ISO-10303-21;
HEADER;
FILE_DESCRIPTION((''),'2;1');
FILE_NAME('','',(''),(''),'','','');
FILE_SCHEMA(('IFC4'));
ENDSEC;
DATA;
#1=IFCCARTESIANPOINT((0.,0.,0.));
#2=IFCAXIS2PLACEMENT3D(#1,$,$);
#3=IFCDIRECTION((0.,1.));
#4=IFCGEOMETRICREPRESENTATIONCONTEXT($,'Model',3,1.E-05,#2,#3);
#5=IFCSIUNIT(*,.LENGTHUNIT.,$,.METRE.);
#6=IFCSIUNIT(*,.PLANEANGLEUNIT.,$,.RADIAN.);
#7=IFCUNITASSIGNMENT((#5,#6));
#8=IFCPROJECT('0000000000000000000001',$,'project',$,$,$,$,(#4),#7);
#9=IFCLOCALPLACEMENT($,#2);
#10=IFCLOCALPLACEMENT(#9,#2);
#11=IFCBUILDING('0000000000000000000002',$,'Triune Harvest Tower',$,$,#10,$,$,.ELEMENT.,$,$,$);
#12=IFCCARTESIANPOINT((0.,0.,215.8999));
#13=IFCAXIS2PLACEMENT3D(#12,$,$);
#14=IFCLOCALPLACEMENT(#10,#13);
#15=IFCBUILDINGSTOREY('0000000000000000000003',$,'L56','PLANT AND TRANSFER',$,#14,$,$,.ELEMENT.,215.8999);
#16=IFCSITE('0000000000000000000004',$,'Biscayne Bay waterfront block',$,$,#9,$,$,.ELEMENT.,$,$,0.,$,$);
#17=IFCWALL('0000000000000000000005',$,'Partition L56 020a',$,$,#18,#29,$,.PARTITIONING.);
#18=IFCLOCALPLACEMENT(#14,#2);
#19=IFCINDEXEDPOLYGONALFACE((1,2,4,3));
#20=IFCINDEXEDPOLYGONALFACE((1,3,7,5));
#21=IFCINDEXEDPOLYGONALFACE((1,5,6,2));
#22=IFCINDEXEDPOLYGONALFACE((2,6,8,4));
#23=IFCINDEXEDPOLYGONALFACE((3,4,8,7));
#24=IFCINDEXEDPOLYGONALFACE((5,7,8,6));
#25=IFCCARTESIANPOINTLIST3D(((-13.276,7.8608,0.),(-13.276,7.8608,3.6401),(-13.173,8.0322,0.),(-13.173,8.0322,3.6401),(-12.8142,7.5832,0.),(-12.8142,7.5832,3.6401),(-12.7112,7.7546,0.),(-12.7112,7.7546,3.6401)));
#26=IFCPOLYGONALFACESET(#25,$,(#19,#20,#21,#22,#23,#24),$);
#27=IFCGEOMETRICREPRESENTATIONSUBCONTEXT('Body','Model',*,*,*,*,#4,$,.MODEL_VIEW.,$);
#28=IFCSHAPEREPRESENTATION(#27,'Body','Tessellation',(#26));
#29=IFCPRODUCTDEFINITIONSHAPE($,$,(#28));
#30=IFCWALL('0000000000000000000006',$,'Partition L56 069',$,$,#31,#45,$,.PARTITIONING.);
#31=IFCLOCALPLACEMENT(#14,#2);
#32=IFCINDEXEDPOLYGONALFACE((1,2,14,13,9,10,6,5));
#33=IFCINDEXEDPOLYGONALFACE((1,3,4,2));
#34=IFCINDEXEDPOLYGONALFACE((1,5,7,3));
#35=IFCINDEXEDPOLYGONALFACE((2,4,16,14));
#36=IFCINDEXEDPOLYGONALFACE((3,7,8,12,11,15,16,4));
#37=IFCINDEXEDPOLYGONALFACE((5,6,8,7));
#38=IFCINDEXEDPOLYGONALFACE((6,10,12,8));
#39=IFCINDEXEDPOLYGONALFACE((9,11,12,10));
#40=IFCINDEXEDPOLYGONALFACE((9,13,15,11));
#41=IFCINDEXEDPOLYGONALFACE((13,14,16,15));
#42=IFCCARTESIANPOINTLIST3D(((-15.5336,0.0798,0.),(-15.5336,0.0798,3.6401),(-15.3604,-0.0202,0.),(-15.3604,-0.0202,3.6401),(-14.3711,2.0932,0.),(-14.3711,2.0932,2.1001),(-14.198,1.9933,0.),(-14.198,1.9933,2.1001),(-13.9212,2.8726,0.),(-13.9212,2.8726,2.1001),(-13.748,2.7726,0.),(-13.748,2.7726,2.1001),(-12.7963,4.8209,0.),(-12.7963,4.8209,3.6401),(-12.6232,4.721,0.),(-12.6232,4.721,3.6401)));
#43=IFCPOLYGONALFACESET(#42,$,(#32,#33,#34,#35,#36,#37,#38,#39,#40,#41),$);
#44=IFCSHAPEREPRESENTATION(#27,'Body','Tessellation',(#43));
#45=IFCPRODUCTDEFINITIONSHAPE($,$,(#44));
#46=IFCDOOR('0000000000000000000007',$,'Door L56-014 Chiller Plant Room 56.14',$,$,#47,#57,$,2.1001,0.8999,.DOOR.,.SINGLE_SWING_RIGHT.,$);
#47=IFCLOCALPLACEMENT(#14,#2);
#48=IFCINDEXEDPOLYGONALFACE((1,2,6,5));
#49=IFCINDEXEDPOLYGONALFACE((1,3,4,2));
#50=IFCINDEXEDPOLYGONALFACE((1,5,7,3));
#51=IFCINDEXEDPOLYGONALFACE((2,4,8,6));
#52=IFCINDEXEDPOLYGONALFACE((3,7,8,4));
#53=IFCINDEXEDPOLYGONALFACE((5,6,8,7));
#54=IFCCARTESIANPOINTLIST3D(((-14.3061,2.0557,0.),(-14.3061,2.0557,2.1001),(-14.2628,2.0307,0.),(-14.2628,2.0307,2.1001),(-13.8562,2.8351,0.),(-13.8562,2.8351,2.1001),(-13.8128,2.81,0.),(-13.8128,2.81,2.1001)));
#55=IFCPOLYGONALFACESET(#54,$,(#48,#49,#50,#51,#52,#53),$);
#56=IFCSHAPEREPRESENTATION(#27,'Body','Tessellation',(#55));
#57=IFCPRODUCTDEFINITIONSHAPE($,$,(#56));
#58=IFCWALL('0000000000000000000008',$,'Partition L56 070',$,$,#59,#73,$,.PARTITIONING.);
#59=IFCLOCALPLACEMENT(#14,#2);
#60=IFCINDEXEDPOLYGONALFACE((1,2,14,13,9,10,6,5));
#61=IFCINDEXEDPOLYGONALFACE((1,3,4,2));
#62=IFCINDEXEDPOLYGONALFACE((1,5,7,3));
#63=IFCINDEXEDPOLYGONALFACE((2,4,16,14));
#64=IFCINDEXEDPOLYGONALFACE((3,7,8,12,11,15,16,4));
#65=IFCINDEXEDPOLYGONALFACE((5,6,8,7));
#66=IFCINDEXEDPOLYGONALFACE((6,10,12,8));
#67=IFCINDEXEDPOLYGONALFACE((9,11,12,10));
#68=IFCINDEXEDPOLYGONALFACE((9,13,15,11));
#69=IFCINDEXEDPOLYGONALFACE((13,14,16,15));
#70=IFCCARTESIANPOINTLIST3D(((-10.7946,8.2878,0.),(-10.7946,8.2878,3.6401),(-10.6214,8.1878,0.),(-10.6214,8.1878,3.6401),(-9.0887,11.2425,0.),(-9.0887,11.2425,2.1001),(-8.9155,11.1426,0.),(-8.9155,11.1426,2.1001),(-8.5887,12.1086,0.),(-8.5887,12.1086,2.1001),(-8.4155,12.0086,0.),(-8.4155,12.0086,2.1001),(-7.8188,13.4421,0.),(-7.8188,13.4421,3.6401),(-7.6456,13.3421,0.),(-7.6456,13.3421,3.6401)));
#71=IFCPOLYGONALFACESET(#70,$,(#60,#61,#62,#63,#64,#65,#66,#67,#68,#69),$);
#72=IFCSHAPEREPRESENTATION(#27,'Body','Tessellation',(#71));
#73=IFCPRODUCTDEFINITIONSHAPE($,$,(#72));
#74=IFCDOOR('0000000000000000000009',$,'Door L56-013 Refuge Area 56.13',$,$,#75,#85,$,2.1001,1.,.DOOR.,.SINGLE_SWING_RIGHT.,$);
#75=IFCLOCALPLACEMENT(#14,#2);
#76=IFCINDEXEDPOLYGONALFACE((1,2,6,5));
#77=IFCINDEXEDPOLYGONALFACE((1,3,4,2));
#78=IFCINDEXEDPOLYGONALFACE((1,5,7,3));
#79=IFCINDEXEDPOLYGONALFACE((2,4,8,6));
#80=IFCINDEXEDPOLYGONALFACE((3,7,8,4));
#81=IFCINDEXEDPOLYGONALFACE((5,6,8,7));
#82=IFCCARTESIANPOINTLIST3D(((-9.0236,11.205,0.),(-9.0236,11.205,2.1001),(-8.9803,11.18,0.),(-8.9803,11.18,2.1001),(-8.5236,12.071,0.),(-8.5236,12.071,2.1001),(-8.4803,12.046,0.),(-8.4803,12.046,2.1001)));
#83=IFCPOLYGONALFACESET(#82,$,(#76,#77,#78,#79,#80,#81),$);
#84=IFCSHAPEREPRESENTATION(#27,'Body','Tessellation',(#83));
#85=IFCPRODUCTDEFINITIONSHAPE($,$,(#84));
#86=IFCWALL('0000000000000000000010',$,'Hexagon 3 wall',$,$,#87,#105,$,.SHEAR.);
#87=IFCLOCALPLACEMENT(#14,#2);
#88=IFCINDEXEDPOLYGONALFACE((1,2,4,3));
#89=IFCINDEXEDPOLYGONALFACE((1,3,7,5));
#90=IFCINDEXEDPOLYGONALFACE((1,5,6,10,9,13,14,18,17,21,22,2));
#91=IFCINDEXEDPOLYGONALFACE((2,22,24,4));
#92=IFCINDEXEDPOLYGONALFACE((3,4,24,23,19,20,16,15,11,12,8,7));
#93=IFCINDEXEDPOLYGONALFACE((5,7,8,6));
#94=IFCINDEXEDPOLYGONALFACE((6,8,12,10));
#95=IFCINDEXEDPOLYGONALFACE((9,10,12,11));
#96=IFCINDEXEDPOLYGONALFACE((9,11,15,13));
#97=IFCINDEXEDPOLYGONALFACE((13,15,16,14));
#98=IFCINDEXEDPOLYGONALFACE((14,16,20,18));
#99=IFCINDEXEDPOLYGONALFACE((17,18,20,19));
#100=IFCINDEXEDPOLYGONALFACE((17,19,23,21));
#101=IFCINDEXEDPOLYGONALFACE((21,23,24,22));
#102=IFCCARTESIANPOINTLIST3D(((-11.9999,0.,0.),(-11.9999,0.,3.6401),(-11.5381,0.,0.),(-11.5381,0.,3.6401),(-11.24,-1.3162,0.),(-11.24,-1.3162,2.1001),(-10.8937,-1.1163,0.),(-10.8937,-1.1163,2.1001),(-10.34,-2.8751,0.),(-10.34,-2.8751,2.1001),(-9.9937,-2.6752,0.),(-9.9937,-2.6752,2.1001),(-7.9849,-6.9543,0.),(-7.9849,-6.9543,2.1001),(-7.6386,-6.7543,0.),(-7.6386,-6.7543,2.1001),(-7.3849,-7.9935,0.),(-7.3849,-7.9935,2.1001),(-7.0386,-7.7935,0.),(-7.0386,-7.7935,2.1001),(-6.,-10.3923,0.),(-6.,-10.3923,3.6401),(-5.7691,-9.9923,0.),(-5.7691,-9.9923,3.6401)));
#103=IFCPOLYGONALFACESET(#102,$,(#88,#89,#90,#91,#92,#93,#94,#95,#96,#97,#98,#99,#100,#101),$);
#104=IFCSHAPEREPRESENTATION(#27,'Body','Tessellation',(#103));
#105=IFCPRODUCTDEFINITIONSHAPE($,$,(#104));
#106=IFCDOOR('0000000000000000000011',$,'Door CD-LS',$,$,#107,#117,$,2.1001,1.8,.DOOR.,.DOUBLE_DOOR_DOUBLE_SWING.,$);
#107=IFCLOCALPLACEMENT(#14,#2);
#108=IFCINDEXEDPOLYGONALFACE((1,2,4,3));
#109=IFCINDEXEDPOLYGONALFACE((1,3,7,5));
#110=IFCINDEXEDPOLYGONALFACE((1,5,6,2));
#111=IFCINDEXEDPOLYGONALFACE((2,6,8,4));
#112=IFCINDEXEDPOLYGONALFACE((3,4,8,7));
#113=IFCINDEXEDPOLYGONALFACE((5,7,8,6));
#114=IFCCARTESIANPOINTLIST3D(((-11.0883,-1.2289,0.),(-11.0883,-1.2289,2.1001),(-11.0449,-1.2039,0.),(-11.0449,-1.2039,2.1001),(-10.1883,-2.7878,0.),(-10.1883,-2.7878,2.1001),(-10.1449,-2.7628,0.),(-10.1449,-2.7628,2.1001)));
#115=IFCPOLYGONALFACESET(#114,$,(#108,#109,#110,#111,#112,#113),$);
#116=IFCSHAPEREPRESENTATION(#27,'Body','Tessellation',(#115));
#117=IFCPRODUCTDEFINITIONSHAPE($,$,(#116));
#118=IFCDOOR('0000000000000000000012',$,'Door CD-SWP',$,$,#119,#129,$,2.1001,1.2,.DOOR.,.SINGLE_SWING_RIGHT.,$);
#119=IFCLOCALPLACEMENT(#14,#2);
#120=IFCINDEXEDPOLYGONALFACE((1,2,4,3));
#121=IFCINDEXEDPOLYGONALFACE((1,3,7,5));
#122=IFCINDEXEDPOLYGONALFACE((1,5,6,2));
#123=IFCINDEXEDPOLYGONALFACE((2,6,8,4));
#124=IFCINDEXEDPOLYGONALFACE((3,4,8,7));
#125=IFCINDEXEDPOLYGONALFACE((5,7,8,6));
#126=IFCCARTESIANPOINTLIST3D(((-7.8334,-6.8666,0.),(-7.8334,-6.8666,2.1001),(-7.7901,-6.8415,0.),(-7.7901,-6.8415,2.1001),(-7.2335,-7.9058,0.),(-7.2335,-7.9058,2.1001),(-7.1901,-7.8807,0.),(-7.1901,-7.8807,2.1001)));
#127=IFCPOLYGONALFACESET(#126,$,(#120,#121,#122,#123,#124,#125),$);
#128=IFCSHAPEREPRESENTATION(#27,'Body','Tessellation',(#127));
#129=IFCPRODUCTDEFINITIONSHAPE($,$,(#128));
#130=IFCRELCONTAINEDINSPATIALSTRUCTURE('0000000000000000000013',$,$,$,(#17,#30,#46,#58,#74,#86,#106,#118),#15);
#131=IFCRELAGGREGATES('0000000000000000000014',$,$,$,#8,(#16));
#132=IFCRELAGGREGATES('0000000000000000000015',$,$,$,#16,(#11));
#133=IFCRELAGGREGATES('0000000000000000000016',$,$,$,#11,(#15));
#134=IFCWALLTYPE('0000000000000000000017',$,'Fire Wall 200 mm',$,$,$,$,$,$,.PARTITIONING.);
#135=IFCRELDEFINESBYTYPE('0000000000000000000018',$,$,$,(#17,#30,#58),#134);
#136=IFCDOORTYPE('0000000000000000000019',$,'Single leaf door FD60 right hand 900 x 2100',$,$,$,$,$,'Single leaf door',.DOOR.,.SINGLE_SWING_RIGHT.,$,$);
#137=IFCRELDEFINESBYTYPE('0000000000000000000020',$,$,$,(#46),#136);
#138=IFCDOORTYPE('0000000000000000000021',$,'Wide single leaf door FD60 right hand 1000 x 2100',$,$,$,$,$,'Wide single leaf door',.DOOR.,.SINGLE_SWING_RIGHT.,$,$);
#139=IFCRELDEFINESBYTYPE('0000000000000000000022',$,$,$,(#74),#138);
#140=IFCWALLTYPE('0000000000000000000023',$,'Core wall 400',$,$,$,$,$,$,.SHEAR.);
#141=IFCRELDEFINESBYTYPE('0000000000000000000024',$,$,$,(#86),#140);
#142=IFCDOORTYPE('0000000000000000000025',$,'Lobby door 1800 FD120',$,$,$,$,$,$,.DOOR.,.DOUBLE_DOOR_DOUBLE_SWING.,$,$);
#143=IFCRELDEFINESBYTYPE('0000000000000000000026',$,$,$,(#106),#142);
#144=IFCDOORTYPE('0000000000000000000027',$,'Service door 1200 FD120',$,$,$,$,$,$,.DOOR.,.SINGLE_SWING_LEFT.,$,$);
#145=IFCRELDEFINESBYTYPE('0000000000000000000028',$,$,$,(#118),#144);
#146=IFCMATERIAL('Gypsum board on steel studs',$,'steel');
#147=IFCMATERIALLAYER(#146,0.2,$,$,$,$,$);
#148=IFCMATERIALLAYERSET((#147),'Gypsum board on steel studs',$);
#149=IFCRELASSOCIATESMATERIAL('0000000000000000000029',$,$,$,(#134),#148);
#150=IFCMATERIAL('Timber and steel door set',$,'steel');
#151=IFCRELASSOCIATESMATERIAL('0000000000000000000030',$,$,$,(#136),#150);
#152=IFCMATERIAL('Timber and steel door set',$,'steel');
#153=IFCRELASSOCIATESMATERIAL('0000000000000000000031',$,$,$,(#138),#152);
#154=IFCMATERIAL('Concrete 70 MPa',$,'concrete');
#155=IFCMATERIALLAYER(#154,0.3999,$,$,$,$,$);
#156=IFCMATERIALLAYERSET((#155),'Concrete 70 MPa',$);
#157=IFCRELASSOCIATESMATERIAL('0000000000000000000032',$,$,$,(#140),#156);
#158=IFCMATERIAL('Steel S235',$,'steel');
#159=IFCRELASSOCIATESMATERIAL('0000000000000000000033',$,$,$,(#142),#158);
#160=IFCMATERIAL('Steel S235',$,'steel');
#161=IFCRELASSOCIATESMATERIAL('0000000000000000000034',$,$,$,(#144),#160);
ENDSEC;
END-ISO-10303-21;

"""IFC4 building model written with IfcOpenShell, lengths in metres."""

from ifc_helpers import new_model, si_unit, direction, frame, frame_2d, origin, place, context, subcontext, project, spatial, polyline, rectangle, outline, extrude, source, transform, mapped, material, layer, layer_set, type_object, element, fill, save


model = new_model("IFC4")

# Units and contexts
model_context = context("Model", 3, precision=1e-05, world=origin(), true_north=direction((0.0, 1.0)))
body_context = subcontext(model_context, "Body", "Model", "MODEL_VIEW")
ifc_project = project(units=[si_unit("LENGTHUNIT", "METRE"), si_unit("PLANEANGLEUNIT", "RADIAN")], contexts=[model_context])

# Site, building, storey
site_placement = place(None, origin())
site = spatial("IfcSite", under=ifc_project, at=site_placement, Name="Biscayne Bay waterfront block", CompositionType="ELEMENT", RefElevation=0.0)
building_placement = place(site_placement, origin())
building = spatial("IfcBuilding", under=site, at=building_placement, Name="Triune Harvest Tower", CompositionType="ELEMENT")
storey_placement = place(building_placement, frame((0.0, 0.0, 215.8999)))
storey = spatial("IfcBuildingStorey", under=building, at=storey_placement, Name="L56", Description="PLANT AND TRANSFER", CompositionType="ELEMENT", Elevation=215.8999)

# Wall
ifc_material_1 = material(Name="Gypsum board on steel studs", Category="steel")
ifc_layer_1 = layer(ifc_material_1, 0.2)
ifc_layer_set_1 = layer_set([ifc_layer_1], Name="Gypsum board on steel studs")
wall_type_1 = type_object("IfcWallType", Name="Fire Wall 200 mm", PredefinedType="PARTITIONING", material=ifc_layer_set_1)
wall_1_placement = place(storey_placement, frame((-13.2246, 7.9465, 0.0), z_axis=(0.0, 0.0, 1.0), x_axis=(0.857133, -0.515095, 0.0)))
element("IfcWall", 1, at=wall_1_placement, inside=storey, type_object=wall_type_1, Name="Partition L56 020a", PredefinedType="PARTITIONING", context=body_context, shape_type="SweptSolid", body=[
    extrude(rectangle(XDim=0.5388, YDim=0.2, at=frame_2d((0.2695, 0.0))), origin(), (0.0, 0.0, 1.0), 3.6401),
])

# Walls, openings, doors
wall_2_placement = place(storey_placement, frame((-15.447, 0.0298, 0.0), z_axis=(0.0, 0.0, 1.0), x_axis=(0.499995, 0.866028, 0.0)))
wall_2 = element("IfcWall", 2, at=wall_2_placement, inside=storey, type_object=wall_type_1, Name="Partition L56 069", PredefinedType="PARTITIONING", context=body_context, shape_type="SweptSolid", body=[
    extrude(rectangle(XDim=5.4746, YDim=0.2, at=frame_2d((2.7373, 0.0))), origin(), (0.0, 0.0, 1.0), 3.6401),
])
opening_1_placement = place(wall_2_placement, frame((2.325, 0.0, 0.0)))
opening_1 = element("IfcOpeningElement", 3, at=opening_1_placement, cuts=wall_2, PredefinedType="OPENING", context=body_context, shape_type="SweptSolid", body=[
    extrude(rectangle(XDim=0.8999, YDim=2.1001, at=frame_2d((0.45, 1.05))), frame((0.0, 0.1099, 0.0), z_axis=(0.0, -1.0, 0.0), x_axis=(1.0, 0.0, 0.0)), (0.0, 0.0, 1.0), 0.22),
])
ifc_material_2 = material(Name="Timber and steel door set", Category="steel")
door_type_1 = type_object("IfcDoorType", Name="Single leaf door FD60 right hand 900 x 2100", ElementType="Single leaf door", OperationType="SINGLE_SWING_RIGHT", PredefinedType="DOOR", material=ifc_material_2)
door_1_placement = place(opening_1_placement, origin())
door_1 = element("IfcDoor", 4, at=door_1_placement, inside=storey, type_object=door_type_1, Name="Door L56-014 Chiller Plant Room 56.14", OperationType="SINGLE_SWING_RIGHT", OverallHeight=2.1001, OverallWidth=0.8999, PredefinedType="DOOR", context=body_context, shape_type="SweptSolid", body=[
    extrude(rectangle(XDim=0.8999, YDim=2.1001, at=frame_2d((0.45, 1.05))), frame((0.0, 0.0249, 0.0), z_axis=(0.0, -1.0, 0.0), x_axis=(1.0, 0.0, 0.0)), (0.0, 0.0, 1.0), 0.05),
])
fill(opening_1, door_1)
wall_3_placement = place(storey_placement, frame((-10.708, 8.2378, 0.0), z_axis=(0.0, 0.0, 1.0), x_axis=(0.499999, 0.866026, 0.0)))
wall_3 = element("IfcWall", 5, at=wall_3_placement, inside=storey, type_object=wall_type_1, Name="Partition L56 070", PredefinedType="PARTITIONING", context=body_context, shape_type="SweptSolid", body=[
    extrude(rectangle(XDim=5.9517, YDim=0.2, at=frame_2d((2.9758, 0.0))), origin(), (0.0, 0.0, 1.0), 3.6401),
])
opening_2_placement = place(wall_3_placement, frame((3.4119, 0.0, 0.0)))
opening_2 = element("IfcOpeningElement", 6, at=opening_2_placement, cuts=wall_3, PredefinedType="OPENING", context=body_context, shape_type="SweptSolid", body=[
    extrude(rectangle(XDim=1.0, YDim=2.1001, at=frame_2d((0.5, 1.05))), frame((0.0, 0.1099, 0.0), z_axis=(0.0, -1.0, 0.0), x_axis=(1.0, 0.0, 0.0)), (0.0, 0.0, 1.0), 0.22),
])
ifc_material_3 = material(Name="Timber and steel door set", Category="steel")
door_type_2 = type_object("IfcDoorType", Name="Wide single leaf door FD60 right hand 1000 x 2100", ElementType="Wide single leaf door", OperationType="SINGLE_SWING_RIGHT", PredefinedType="DOOR", material=ifc_material_3)
door_2_placement = place(opening_2_placement, origin())
door_2 = element("IfcDoor", 7, at=door_2_placement, inside=storey, type_object=door_type_2, Name="Door L56-013 Refuge Area 56.13", OperationType="SINGLE_SWING_RIGHT", OverallHeight=2.1001, OverallWidth=1.0, PredefinedType="DOOR", context=body_context, shape_type="SweptSolid", body=[
    extrude(rectangle(XDim=1.0, YDim=2.1001, at=frame_2d((0.5, 1.05))), frame((0.0, 0.0249, 0.0), z_axis=(0.0, -1.0, 0.0), x_axis=(1.0, 0.0, 0.0)), (0.0, 0.0, 1.0), 0.05),
])
fill(opening_2, door_2)

# Wall, openings, doors
ifc_material_4 = material(Name="Concrete 70 MPa", Category="concrete")
ifc_layer_2 = layer(ifc_material_4, 0.3999)
ifc_layer_set_2 = layer_set([ifc_layer_2], Name="Concrete 70 MPa")
wall_type_2 = type_object("IfcWallType", Name="Core wall 400", PredefinedType="SHEAR", material=ifc_layer_set_2)
shared_shape_1 = source(origin(), body_context, "Body", "SweptSolid", [
    extrude(outline(polyline([(-0.1155, -0.2), (11.8845, -0.2), (11.6536, 0.2), (0.1155, 0.2), (-0.1155, -0.2)])), origin(), (0.0, 0.0, 1.0), 3.6401),
])
wall_4_placement = place(storey_placement, frame((-11.769, 0.0, 0.0), z_axis=(0.0, 0.0, 1.0), x_axis=(0.499997, -0.866027, 0.0)))
wall_4 = element("IfcWall", 8, at=wall_4_placement, inside=storey, type_object=wall_type_2, Name="Hexagon 3 wall", PredefinedType="SHEAR", context=body_context, shape_type="MappedRepresentation", body=[
    mapped(shared_shape_1, transform((0.0, 0.0, 0.0), scale=1.0)),
])
opening_3_placement = place(wall_4_placement, frame((1.4045, 0.0, 0.0)))
opening_3 = element("IfcOpeningElement", 9, at=opening_3_placement, cuts=wall_4, PredefinedType="OPENING", context=body_context, shape_type="SweptSolid", body=[
    extrude(rectangle(XDim=1.8, YDim=2.1001, at=frame_2d((0.8999, 1.05))), frame((0.0, 0.21, 0.0), z_axis=(0.0, -1.0, 0.0), x_axis=(1.0, 0.0, 0.0)), (0.0, 0.0, 1.0), 0.4199),
])
opening_4_placement = place(wall_4_placement, frame((7.9146, 0.0, 0.0)))
opening_4 = element("IfcOpeningElement", 10, at=opening_4_placement, cuts=wall_4, PredefinedType="OPENING", context=body_context, shape_type="SweptSolid", body=[
    extrude(rectangle(XDim=1.2, YDim=2.1001, at=frame_2d((0.6001, 1.05))), frame((0.0, 0.21, 0.0), z_axis=(0.0, -1.0, 0.0), x_axis=(1.0, 0.0, 0.0)), (0.0, 0.0, 1.0), 0.4199),
])
ifc_material_5 = material(Name="Steel S235", Category="steel")
door_type_3 = type_object("IfcDoorType", Name="Lobby door 1800 FD120", OperationType="DOUBLE_DOOR_DOUBLE_SWING", PredefinedType="DOOR", material=ifc_material_5)
door_3_placement = place(opening_3_placement, frame((1.8, 0.0, 0.0), z_axis=(0.0, 0.0, 1.0), x_axis=(-1.0, 0.0, 0.0)))
door_3 = element("IfcDoor", 11, at=door_3_placement, inside=storey, type_object=door_type_3, Name="Door CD-LS", OperationType="DOUBLE_DOOR_DOUBLE_SWING", OverallHeight=2.1001, OverallWidth=1.8, PredefinedType="DOOR", context=body_context, shape_type="SweptSolid", body=[
    extrude(rectangle(XDim=1.8, YDim=2.1001, at=frame_2d((0.8999, 1.05))), frame((0.0, 0.0249, 0.0), z_axis=(0.0, -1.0, 0.0), x_axis=(1.0, 0.0, 0.0)), (0.0, 0.0, 1.0), 0.05),
])
fill(opening_3, door_3)
ifc_material_6 = material(Name="Steel S235", Category="steel")
door_type_4 = type_object("IfcDoorType", Name="Service door 1200 FD120", OperationType="SINGLE_SWING_LEFT", PredefinedType="DOOR", material=ifc_material_6)
door_4_placement = place(opening_4_placement, frame((1.2, 0.0, 0.0), z_axis=(0.0, 0.0, 1.0), x_axis=(-1.0, 0.0, 0.0)))
door_4 = element("IfcDoor", 12, at=door_4_placement, inside=storey, type_object=door_type_4, Name="Door CD-SWP", OperationType="SINGLE_SWING_RIGHT", OverallHeight=2.1001, OverallWidth=1.2, PredefinedType="DOOR", context=body_context, shape_type="SweptSolid", body=[
    extrude(rectangle(XDim=1.2, YDim=2.1001, at=frame_2d((0.6001, 1.05))), frame((0.0, 0.0249, 0.0), z_axis=(0.0, -1.0, 0.0), x_axis=(1.0, 0.0, 0.0)), (0.0, 0.0, 1.0), 0.05),
])
fill(opening_4, door_4)

save(model, "model.ifc")
